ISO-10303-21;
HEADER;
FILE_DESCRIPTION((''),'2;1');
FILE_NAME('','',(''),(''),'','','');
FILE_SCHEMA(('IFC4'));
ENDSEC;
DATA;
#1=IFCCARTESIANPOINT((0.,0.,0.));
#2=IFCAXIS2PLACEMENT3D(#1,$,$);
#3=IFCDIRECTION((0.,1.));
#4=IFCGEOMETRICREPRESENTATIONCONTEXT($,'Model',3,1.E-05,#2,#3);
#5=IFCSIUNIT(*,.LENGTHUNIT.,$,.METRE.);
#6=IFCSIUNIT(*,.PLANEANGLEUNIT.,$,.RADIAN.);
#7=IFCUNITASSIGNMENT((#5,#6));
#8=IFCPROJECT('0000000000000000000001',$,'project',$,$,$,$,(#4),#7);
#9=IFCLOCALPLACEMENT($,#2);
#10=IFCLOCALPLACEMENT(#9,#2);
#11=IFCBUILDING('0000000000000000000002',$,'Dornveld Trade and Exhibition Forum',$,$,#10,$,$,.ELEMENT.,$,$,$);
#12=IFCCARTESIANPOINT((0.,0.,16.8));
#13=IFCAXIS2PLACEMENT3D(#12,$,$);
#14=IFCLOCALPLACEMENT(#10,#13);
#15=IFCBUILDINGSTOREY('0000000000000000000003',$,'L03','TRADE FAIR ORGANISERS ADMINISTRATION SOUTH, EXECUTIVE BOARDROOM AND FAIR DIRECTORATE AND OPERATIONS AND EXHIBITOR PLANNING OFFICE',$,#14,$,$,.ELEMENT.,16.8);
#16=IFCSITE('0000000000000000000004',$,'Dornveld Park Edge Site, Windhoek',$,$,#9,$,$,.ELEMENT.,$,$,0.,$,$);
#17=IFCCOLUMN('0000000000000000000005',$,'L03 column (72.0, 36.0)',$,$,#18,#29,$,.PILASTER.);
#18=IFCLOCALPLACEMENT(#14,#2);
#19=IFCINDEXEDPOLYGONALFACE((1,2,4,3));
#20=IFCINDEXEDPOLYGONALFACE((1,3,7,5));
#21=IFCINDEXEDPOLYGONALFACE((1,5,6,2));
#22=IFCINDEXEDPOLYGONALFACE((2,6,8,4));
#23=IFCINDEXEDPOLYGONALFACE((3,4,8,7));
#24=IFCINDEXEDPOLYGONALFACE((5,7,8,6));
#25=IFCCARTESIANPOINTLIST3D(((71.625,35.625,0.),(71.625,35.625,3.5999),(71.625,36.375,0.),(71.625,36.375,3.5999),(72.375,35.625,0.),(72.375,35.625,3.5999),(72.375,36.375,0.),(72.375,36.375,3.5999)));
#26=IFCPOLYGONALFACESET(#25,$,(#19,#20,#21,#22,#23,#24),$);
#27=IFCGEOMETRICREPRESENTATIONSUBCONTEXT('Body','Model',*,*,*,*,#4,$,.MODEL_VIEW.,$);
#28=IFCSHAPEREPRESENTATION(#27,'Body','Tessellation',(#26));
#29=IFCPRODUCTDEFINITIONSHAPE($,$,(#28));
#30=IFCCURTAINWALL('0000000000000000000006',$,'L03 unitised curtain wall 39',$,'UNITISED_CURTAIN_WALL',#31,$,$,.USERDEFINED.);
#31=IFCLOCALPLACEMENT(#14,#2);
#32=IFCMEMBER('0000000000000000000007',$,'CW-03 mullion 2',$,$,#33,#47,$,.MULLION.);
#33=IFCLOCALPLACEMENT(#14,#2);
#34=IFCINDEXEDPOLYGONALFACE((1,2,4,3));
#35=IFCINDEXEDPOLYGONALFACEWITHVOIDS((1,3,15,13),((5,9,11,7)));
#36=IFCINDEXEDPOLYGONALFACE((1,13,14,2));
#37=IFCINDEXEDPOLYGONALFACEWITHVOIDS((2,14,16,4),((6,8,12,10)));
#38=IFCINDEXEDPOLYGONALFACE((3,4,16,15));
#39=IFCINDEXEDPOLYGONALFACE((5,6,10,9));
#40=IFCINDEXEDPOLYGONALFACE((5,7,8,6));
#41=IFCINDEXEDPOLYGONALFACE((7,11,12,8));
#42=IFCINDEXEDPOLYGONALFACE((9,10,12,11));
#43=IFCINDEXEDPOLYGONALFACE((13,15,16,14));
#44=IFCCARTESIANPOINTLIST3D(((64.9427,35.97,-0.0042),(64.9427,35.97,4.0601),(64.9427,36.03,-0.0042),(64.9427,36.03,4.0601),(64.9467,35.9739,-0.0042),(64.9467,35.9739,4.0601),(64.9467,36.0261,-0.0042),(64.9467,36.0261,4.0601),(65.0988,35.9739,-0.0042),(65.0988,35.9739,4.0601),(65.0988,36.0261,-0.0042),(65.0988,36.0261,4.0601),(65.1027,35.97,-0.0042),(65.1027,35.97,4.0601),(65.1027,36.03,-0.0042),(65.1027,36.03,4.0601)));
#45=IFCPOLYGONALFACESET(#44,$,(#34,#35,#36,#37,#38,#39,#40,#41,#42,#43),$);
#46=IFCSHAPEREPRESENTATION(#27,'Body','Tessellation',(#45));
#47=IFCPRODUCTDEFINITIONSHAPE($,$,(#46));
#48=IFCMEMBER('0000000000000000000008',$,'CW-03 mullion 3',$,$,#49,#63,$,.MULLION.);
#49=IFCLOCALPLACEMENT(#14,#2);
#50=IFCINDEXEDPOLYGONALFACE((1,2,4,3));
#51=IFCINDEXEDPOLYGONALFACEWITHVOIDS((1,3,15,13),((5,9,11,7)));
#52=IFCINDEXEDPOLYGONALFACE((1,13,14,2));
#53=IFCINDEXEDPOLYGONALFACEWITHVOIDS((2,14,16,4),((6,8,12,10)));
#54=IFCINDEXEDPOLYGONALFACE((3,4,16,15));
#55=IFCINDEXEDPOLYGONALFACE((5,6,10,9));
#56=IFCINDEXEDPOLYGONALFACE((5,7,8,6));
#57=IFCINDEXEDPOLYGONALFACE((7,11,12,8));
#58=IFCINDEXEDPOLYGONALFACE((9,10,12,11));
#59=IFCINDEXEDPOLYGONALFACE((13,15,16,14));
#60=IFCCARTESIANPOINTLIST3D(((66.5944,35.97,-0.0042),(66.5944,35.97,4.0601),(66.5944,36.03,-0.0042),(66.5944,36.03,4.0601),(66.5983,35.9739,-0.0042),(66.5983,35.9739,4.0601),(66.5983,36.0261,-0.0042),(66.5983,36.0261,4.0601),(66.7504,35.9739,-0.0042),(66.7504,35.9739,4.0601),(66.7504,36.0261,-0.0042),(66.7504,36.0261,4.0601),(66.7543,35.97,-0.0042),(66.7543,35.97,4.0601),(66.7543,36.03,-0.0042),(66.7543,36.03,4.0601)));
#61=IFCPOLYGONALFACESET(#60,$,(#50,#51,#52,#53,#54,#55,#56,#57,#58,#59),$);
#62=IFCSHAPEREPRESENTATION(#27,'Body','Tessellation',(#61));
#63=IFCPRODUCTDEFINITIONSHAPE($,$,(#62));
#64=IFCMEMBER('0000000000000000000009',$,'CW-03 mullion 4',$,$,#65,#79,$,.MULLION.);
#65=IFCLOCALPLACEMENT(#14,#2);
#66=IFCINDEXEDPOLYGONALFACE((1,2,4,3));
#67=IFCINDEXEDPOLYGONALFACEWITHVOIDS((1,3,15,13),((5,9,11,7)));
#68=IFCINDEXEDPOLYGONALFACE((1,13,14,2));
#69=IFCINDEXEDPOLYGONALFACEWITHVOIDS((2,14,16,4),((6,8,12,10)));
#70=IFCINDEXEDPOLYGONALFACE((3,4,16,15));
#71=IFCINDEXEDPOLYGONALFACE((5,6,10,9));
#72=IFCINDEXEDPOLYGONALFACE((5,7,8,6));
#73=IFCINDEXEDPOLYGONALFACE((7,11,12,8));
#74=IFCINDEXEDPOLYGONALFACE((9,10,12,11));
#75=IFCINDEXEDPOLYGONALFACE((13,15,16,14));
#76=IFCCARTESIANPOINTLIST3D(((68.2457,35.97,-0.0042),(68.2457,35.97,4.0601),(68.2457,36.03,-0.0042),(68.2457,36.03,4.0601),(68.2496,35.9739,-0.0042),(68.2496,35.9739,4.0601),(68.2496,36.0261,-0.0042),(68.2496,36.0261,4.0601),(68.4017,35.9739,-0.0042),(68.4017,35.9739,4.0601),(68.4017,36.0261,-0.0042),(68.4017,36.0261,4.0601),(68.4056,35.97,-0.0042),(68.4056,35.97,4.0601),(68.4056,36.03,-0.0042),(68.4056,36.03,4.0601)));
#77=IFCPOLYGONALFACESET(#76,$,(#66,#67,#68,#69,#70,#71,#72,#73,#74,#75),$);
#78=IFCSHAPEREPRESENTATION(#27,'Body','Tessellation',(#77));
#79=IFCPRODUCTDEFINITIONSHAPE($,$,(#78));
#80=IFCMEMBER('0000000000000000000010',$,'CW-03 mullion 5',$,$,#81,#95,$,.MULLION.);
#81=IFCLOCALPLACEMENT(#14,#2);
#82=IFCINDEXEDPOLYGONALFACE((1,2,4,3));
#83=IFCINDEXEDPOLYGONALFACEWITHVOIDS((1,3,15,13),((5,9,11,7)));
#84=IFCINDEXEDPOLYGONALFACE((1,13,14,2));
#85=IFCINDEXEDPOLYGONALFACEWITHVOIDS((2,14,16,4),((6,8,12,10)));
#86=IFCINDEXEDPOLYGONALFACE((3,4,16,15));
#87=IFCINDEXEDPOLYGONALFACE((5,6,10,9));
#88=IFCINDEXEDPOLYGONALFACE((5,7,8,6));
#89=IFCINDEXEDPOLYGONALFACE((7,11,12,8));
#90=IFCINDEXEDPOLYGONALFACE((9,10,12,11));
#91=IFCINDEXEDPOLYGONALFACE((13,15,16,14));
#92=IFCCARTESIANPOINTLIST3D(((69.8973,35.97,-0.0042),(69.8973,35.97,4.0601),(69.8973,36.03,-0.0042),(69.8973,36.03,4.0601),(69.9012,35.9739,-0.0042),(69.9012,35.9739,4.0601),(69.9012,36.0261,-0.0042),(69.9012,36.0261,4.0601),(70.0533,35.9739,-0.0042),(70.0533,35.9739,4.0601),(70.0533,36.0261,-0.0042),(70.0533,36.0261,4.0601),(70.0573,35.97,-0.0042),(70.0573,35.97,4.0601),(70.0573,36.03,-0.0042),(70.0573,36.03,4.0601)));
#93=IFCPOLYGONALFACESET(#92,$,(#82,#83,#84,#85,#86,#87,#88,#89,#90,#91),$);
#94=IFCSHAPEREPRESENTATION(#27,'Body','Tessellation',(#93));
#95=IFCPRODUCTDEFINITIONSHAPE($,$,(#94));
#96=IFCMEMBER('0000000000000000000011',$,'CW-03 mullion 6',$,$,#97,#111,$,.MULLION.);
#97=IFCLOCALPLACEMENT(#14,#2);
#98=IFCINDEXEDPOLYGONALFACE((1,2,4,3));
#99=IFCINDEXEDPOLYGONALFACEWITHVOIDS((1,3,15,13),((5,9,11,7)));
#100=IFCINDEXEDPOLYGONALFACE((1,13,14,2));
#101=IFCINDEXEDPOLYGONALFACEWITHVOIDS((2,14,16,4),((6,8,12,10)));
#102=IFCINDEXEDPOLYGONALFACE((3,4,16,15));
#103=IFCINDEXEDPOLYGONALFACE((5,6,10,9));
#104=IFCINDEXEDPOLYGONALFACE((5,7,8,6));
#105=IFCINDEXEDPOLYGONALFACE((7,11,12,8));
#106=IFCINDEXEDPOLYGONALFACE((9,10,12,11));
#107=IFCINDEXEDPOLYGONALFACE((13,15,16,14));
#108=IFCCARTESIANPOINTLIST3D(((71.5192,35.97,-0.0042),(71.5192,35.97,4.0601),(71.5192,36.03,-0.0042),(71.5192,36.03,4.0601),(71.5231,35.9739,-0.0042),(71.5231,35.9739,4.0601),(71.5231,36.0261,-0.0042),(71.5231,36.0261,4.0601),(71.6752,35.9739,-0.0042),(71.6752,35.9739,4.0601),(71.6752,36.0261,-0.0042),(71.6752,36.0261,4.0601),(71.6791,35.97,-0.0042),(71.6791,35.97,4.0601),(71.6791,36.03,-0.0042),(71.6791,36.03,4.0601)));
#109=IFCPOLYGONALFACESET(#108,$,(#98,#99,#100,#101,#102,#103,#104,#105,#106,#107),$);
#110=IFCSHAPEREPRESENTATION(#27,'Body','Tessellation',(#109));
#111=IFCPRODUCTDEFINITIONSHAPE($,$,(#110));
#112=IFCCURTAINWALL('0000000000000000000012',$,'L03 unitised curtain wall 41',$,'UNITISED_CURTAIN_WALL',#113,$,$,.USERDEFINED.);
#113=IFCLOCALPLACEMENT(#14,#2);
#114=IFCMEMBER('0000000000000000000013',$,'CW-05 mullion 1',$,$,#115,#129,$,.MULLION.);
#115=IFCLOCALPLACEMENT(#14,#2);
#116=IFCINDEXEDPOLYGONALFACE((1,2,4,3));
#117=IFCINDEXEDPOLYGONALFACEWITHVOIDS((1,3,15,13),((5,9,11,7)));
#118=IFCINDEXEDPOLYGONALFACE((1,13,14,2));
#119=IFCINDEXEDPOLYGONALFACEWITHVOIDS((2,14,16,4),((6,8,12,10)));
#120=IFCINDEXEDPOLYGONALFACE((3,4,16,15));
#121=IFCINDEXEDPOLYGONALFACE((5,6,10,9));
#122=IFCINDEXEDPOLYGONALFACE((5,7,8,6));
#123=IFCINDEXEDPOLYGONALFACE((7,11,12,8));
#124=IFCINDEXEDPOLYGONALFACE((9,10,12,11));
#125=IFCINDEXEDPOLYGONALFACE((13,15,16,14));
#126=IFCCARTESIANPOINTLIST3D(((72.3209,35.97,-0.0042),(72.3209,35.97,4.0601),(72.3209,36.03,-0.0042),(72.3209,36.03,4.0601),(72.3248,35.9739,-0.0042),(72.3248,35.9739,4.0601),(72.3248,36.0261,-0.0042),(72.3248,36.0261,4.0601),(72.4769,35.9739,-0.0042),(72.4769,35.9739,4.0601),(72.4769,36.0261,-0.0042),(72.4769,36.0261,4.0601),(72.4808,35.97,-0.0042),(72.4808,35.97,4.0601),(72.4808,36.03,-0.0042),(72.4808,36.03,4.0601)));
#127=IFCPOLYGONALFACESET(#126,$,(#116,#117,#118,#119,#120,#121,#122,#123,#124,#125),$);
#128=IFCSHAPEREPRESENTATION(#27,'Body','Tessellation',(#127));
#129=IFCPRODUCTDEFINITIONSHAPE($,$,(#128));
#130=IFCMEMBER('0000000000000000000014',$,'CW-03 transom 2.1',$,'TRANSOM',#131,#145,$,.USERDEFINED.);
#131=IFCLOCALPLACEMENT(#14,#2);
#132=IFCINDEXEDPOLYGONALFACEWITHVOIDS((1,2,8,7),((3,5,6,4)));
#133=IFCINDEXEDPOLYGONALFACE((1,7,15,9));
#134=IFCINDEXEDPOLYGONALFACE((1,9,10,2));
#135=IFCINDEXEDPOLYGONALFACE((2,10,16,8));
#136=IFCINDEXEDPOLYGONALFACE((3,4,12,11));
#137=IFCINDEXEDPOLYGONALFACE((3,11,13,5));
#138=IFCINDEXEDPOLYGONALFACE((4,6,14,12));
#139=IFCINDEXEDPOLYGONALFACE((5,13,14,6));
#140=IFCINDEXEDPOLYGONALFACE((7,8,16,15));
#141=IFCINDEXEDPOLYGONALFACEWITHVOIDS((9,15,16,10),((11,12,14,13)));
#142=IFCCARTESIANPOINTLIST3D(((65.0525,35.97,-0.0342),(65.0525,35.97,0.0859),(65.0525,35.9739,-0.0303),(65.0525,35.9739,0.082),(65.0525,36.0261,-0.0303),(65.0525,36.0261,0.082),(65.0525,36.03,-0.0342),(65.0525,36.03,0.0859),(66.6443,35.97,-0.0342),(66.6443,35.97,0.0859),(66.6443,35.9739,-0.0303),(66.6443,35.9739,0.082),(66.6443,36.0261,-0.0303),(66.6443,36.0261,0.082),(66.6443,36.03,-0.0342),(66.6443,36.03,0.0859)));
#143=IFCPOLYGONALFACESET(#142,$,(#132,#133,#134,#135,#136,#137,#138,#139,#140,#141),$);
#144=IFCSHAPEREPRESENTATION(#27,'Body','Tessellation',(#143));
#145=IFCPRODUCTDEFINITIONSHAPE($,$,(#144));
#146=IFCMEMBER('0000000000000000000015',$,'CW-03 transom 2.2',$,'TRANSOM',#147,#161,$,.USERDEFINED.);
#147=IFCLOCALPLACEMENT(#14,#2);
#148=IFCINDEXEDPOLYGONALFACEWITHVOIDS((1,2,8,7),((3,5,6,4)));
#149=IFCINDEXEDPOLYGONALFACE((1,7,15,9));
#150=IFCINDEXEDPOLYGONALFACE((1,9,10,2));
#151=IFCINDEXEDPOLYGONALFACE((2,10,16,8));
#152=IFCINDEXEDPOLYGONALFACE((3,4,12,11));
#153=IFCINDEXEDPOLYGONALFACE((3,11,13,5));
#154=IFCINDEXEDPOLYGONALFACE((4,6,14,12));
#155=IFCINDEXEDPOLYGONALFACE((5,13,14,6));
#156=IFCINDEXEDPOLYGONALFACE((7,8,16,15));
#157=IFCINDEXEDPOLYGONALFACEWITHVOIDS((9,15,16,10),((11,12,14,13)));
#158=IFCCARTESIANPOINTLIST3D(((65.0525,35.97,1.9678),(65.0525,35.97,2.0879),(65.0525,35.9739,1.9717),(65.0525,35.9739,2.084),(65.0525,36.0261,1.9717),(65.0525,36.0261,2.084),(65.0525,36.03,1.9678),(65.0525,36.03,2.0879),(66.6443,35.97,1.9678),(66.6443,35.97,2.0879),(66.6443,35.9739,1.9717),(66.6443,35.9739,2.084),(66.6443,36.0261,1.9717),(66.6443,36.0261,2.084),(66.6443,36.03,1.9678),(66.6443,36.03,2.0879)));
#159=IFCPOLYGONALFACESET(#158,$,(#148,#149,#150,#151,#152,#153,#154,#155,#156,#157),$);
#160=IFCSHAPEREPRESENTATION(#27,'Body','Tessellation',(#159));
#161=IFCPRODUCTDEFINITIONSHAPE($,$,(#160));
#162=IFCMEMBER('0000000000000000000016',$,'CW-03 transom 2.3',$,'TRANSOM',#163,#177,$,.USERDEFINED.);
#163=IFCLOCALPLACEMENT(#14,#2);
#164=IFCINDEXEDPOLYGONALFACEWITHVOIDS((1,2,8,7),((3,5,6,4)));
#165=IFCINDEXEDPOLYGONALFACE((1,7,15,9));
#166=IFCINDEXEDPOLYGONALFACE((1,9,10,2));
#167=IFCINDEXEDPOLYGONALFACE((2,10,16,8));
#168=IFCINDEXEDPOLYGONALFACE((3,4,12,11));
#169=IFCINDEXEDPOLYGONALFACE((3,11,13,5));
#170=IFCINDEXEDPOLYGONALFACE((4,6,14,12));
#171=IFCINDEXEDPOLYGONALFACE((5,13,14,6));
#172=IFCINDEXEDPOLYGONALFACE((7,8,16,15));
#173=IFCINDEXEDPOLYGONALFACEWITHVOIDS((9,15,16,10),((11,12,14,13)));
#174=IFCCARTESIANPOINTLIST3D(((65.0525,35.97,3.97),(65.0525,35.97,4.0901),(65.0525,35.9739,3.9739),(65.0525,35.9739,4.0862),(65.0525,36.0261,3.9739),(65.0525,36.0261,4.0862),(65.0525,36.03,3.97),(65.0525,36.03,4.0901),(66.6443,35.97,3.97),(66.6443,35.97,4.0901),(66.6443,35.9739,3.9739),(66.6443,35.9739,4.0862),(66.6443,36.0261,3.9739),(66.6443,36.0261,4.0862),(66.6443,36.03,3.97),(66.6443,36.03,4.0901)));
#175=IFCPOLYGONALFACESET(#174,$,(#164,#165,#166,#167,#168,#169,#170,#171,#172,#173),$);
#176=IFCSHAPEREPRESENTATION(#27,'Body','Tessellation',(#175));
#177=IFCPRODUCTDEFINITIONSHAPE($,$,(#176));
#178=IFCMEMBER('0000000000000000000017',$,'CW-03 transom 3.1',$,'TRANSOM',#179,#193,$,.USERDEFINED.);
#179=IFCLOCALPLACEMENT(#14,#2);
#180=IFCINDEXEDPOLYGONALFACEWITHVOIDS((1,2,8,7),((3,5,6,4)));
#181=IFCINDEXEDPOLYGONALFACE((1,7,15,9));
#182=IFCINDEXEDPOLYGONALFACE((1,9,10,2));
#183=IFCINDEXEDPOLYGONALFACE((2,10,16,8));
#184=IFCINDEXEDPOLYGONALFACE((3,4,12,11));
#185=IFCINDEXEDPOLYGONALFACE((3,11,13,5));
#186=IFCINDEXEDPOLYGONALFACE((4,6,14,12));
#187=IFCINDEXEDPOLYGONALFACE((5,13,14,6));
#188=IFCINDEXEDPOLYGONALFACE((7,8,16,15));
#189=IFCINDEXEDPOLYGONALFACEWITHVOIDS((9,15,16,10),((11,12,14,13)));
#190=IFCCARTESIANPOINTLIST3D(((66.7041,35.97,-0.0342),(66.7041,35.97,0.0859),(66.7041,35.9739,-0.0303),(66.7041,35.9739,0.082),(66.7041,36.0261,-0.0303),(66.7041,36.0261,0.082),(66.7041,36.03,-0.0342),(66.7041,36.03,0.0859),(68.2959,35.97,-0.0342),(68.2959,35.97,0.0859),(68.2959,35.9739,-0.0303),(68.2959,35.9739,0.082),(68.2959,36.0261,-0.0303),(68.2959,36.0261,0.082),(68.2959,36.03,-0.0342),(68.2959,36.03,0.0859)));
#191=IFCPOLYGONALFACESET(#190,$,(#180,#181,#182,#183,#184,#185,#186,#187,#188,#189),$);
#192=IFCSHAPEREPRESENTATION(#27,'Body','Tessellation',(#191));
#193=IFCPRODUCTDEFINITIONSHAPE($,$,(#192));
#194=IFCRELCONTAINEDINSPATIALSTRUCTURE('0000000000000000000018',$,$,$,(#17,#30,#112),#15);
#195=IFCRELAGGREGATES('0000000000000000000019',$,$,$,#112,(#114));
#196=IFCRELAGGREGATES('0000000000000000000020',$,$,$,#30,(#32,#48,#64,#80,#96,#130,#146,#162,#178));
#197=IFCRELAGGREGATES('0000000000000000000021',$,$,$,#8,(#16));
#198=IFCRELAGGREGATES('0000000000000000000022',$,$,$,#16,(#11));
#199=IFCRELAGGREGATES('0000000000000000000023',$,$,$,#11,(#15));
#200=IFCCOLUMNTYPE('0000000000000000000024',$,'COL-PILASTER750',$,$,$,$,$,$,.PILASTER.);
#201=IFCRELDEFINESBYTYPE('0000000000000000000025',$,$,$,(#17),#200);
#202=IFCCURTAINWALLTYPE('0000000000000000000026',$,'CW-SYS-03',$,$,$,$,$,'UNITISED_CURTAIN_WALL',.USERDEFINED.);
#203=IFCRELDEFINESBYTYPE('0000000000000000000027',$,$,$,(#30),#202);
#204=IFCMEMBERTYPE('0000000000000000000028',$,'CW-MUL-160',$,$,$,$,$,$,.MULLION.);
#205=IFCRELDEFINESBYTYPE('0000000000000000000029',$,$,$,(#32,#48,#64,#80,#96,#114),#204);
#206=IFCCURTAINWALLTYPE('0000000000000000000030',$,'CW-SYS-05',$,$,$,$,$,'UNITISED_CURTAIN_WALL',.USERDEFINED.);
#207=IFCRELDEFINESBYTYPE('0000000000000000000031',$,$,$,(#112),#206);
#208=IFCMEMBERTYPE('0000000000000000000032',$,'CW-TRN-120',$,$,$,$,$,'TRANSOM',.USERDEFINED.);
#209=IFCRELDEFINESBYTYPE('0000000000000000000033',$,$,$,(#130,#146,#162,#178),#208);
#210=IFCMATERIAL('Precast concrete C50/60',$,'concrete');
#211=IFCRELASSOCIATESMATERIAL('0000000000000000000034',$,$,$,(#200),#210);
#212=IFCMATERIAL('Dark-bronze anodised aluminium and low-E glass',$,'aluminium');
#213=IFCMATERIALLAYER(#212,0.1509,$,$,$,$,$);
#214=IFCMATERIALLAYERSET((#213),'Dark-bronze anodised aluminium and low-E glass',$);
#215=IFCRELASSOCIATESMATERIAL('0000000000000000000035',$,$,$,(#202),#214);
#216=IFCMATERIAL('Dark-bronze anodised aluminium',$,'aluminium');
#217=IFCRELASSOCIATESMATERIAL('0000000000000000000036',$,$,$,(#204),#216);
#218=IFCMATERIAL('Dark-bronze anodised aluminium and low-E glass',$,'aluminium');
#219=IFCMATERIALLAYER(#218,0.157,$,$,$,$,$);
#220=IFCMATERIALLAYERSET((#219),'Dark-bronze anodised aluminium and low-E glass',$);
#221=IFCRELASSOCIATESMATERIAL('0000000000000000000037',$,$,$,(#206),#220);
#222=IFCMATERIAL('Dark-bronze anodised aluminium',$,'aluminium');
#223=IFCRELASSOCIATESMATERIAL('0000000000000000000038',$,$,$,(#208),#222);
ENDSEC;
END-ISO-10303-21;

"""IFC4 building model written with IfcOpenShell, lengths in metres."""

from ifc_helpers import new_model, si_unit, direction, frame, origin, origin_2d, place, context, subcontext, project, spatial, rectangle, hollow_rectangle, extrude, material, layer, layer_set, material_profile, profile_set, type_object, element, aggregate, save


model = new_model("IFC4")

# Units and contexts
model_context = context("Model", 3, precision=1e-05, world=origin(), true_north=direction((0.0, 1.0)))
body_context = subcontext(model_context, "Body", "Model", "MODEL_VIEW")
ifc_project = project(units=[si_unit("LENGTHUNIT", "METRE"), si_unit("PLANEANGLEUNIT", "RADIAN")], contexts=[model_context])

# Site, building, storey
site_placement = place(None, origin())
site = spatial("IfcSite", under=ifc_project, at=site_placement, Name="Dornveld Park Edge Site, Windhoek", CompositionType="ELEMENT", RefElevation=0.0)
building_placement = place(site_placement, origin())
building = spatial("IfcBuilding", under=site, at=building_placement, Name="Dornveld Trade and Exhibition Forum", CompositionType="ELEMENT")
storey_placement = place(building_placement, frame((0.0, 0.0, 16.8)))
storey = spatial("IfcBuildingStorey", under=building, at=storey_placement, Name="L03", Description="TRADE FAIR ORGANISERS ADMINISTRATION SOUTH, EXECUTIVE BOARDROOM AND FAIR DIRECTORATE AND OPERATIONS AND EXHIBITOR PLANNING OFFICE", CompositionType="ELEMENT", Elevation=16.8)

# Column
ifc_material_1 = material(Name="Precast concrete C50/60", Category="concrete")
ifc_material_profile_1 = material_profile(ifc_material_1, rectangle(XDim=0.75, YDim=0.75, at=origin_2d()), Name="PC-COL 750x750")
ifc_profile_set_1 = profile_set([ifc_material_profile_1], Name="Precast concrete C50/60")
column_type = type_object("IfcColumnType", Name="COL-PILASTER750", PredefinedType="PILASTER", material=ifc_profile_set_1)
column_placement = place(storey_placement, frame((72.0, 36.0, 0.0), z_axis=(0.0, 0.0, 1.0), x_axis=(1.0, 0.0, 0.0)))
element("IfcColumn", 1, at=column_placement, inside=storey, type_object=column_type, Name="L03 column (72.0, 36.0)", PredefinedType="PILASTER", context=body_context, shape_type="SweptSolid", body=[
    extrude(rectangle(XDim=0.75, YDim=0.75, at=origin_2d()), origin(), (0.0, 0.0, 1.0), 3.5999),
])

# Curtain wall, members
ifc_material_2 = material(Name="Dark-bronze anodised aluminium and low-E glass", Category="aluminium")
ifc_layer_1 = layer(ifc_material_2, 0.1509)
ifc_layer_set_1 = layer_set([ifc_layer_1], Name="Dark-bronze anodised aluminium and low-E glass")
curtain_wall_type_1 = type_object("IfcCurtainWallType", Name="CW-SYS-03", ElementType="UNITISED_CURTAIN_WALL", PredefinedType="USERDEFINED", material=ifc_layer_set_1)
curtain_wall_1_placement = place(storey_placement, origin())
curtain_wall_1 = element("IfcCurtainWall", 2, at=curtain_wall_1_placement, inside=storey, type_object=curtain_wall_type_1, Name="L03 unitised curtain wall 39", ObjectType="UNITISED_CURTAIN_WALL", PredefinedType="USERDEFINED")
ifc_material_3 = material(Name="Dark-bronze anodised aluminium", Category="aluminium")
ifc_material_profile_2 = material_profile(ifc_material_3, hollow_rectangle(XDim=0.0601, YDim=0.1599, WallThickness=0.0039, at=origin_2d()), Name="RHS 160x60x4")
ifc_profile_set_2 = profile_set([ifc_material_profile_2], Name="Dark-bronze anodised aluminium")
member_type_1 = type_object("IfcMemberType", Name="CW-MUL-160", PredefinedType="MULLION", material=ifc_profile_set_2)
member_1_placement = place(storey_placement, frame((65.0227, 36.0, -0.0042), z_axis=(0.0, 0.0, 1.0), x_axis=(0.0, 1.0, 0.0)))
member_1 = element("IfcMember", 3, at=member_1_placement, type_object=member_type_1, Name="CW-03 mullion 2", PredefinedType="MULLION", context=body_context, shape_type="SweptSolid", body=[
    extrude(hollow_rectangle(XDim=0.0601, YDim=0.1599, WallThickness=0.0039, at=origin_2d()), origin(), (0.0, 0.0, 1.0), 4.0642),
])
member_2_placement = place(storey_placement, frame((66.6743, 36.0, -0.0042), z_axis=(0.0, 0.0, 1.0), x_axis=(0.0, 1.0, 0.0)))
member_2 = element("IfcMember", 4, at=member_2_placement, type_object=member_type_1, Name="CW-03 mullion 3", PredefinedType="MULLION", context=body_context, shape_type="SweptSolid", body=[
    extrude(hollow_rectangle(XDim=0.0601, YDim=0.1599, WallThickness=0.0039, at=origin_2d()), origin(), (0.0, 0.0, 1.0), 4.0642),
])
member_3_placement = place(storey_placement, frame((68.3257, 36.0, -0.0042), z_axis=(0.0, 0.0, 1.0), x_axis=(0.0, 1.0, 0.0)))
member_3 = element("IfcMember", 5, at=member_3_placement, type_object=member_type_1, Name="CW-03 mullion 4", PredefinedType="MULLION", context=body_context, shape_type="SweptSolid", body=[
    extrude(hollow_rectangle(XDim=0.0601, YDim=0.1599, WallThickness=0.0039, at=origin_2d()), origin(), (0.0, 0.0, 1.0), 4.0642),
])
member_4_placement = place(storey_placement, frame((69.9773, 36.0, -0.0042), z_axis=(0.0, 0.0, 1.0), x_axis=(0.0, 1.0, 0.0)))
member_4 = element("IfcMember", 6, at=member_4_placement, type_object=member_type_1, Name="CW-03 mullion 5", PredefinedType="MULLION", context=body_context, shape_type="SweptSolid", body=[
    extrude(hollow_rectangle(XDim=0.0601, YDim=0.1599, WallThickness=0.0039, at=origin_2d()), origin(), (0.0, 0.0, 1.0), 4.0642),
])
member_5_placement = place(storey_placement, frame((71.5991, 36.0, -0.0042), z_axis=(0.0, 0.0, 1.0), x_axis=(0.0, 1.0, 0.0)))
member_5 = element("IfcMember", 7, at=member_5_placement, type_object=member_type_1, Name="CW-03 mullion 6", PredefinedType="MULLION", context=body_context, shape_type="SweptSolid", body=[
    extrude(hollow_rectangle(XDim=0.0601, YDim=0.1599, WallThickness=0.0039, at=origin_2d()), origin(), (0.0, 0.0, 1.0), 4.0642),
])

# Curtain wall, member
ifc_material_4 = material(Name="Dark-bronze anodised aluminium and low-E glass", Category="aluminium")
ifc_layer_2 = layer(ifc_material_4, 0.157)
ifc_layer_set_2 = layer_set([ifc_layer_2], Name="Dark-bronze anodised aluminium and low-E glass")
curtain_wall_type_2 = type_object("IfcCurtainWallType", Name="CW-SYS-05", ElementType="UNITISED_CURTAIN_WALL", PredefinedType="USERDEFINED", material=ifc_layer_set_2)
curtain_wall_2_placement = place(storey_placement, origin())
curtain_wall_2 = element("IfcCurtainWall", 8, at=curtain_wall_2_placement, inside=storey, type_object=curtain_wall_type_2, Name="L03 unitised curtain wall 41", ObjectType="UNITISED_CURTAIN_WALL", PredefinedType="USERDEFINED")
member_6_placement = place(storey_placement, frame((72.4009, 36.0, -0.0042), z_axis=(0.0, 0.0, 1.0), x_axis=(0.0, 1.0, 0.0)))
member_6 = element("IfcMember", 9, at=member_6_placement, type_object=member_type_1, Name="CW-05 mullion 1", PredefinedType="MULLION", context=body_context, shape_type="SweptSolid", body=[
    extrude(hollow_rectangle(XDim=0.0601, YDim=0.1599, WallThickness=0.0039, at=origin_2d()), origin(), (0.0, 0.0, 1.0), 4.0642),
])

# Members
ifc_material_5 = material(Name="Dark-bronze anodised aluminium", Category="aluminium")
ifc_material_profile_3 = material_profile(ifc_material_5, hollow_rectangle(XDim=0.0601, YDim=0.1201, WallThickness=0.0039, at=origin_2d()), Name="RHS 120x60x4")
ifc_profile_set_3 = profile_set([ifc_material_profile_3], Name="Dark-bronze anodised aluminium")
member_type_2 = type_object("IfcMemberType", Name="CW-TRN-120", ElementType="TRANSOM", PredefinedType="USERDEFINED", material=ifc_profile_set_3)
member_7_placement = place(storey_placement, frame((65.0525, 36.0, 0.0259), z_axis=(1.0, 0.0, 0.0), x_axis=(0.0, 1.0, 0.0)))
member_7 = element("IfcMember", 10, at=member_7_placement, type_object=member_type_2, Name="CW-03 transom 2.1", ObjectType="TRANSOM", PredefinedType="USERDEFINED", context=body_context, shape_type="SweptSolid", body=[
    extrude(hollow_rectangle(XDim=0.0601, YDim=0.1201, WallThickness=0.0039, at=origin_2d()), origin(), (0.0, 0.0, 1.0), 1.5918),
])
member_8_placement = place(storey_placement, frame((65.0525, 36.0, 2.0278), z_axis=(1.0, 0.0, 0.0), x_axis=(0.0, 1.0, 0.0)))
member_8 = element("IfcMember", 11, at=member_8_placement, type_object=member_type_2, Name="CW-03 transom 2.2", ObjectType="TRANSOM", PredefinedType="USERDEFINED", context=body_context, shape_type="SweptSolid", body=[
    extrude(hollow_rectangle(XDim=0.0601, YDim=0.1201, WallThickness=0.0039, at=origin_2d()), origin(), (0.0, 0.0, 1.0), 1.5918),
])
member_9_placement = place(storey_placement, frame((65.0525, 36.0, 4.03), z_axis=(1.0, 0.0, 0.0), x_axis=(0.0, 1.0, 0.0)))
member_9 = element("IfcMember", 12, at=member_9_placement, type_object=member_type_2, Name="CW-03 transom 2.3", ObjectType="TRANSOM", PredefinedType="USERDEFINED", context=body_context, shape_type="SweptSolid", body=[
    extrude(hollow_rectangle(XDim=0.0601, YDim=0.1201, WallThickness=0.0039, at=origin_2d()), origin(), (0.0, 0.0, 1.0), 1.5918),
])
member_10_placement = place(storey_placement, frame((66.7041, 36.0, 0.0259), z_axis=(1.0, 0.0, 0.0), x_axis=(0.0, 1.0, 0.0)))
member_10 = element("IfcMember", 13, at=member_10_placement, type_object=member_type_2, Name="CW-03 transom 3.1", ObjectType="TRANSOM", PredefinedType="USERDEFINED", context=body_context, shape_type="SweptSolid", body=[
    extrude(hollow_rectangle(XDim=0.0601, YDim=0.1201, WallThickness=0.0039, at=origin_2d()), origin(), (0.0, 0.0, 1.0), 1.5918),
])
aggregate(curtain_wall_2, [member_6])

aggregate(curtain_wall_1, [member_1, member_2, member_3, member_4, member_5, member_7, member_8, member_9, member_10])

save(model, "model.ifc")
